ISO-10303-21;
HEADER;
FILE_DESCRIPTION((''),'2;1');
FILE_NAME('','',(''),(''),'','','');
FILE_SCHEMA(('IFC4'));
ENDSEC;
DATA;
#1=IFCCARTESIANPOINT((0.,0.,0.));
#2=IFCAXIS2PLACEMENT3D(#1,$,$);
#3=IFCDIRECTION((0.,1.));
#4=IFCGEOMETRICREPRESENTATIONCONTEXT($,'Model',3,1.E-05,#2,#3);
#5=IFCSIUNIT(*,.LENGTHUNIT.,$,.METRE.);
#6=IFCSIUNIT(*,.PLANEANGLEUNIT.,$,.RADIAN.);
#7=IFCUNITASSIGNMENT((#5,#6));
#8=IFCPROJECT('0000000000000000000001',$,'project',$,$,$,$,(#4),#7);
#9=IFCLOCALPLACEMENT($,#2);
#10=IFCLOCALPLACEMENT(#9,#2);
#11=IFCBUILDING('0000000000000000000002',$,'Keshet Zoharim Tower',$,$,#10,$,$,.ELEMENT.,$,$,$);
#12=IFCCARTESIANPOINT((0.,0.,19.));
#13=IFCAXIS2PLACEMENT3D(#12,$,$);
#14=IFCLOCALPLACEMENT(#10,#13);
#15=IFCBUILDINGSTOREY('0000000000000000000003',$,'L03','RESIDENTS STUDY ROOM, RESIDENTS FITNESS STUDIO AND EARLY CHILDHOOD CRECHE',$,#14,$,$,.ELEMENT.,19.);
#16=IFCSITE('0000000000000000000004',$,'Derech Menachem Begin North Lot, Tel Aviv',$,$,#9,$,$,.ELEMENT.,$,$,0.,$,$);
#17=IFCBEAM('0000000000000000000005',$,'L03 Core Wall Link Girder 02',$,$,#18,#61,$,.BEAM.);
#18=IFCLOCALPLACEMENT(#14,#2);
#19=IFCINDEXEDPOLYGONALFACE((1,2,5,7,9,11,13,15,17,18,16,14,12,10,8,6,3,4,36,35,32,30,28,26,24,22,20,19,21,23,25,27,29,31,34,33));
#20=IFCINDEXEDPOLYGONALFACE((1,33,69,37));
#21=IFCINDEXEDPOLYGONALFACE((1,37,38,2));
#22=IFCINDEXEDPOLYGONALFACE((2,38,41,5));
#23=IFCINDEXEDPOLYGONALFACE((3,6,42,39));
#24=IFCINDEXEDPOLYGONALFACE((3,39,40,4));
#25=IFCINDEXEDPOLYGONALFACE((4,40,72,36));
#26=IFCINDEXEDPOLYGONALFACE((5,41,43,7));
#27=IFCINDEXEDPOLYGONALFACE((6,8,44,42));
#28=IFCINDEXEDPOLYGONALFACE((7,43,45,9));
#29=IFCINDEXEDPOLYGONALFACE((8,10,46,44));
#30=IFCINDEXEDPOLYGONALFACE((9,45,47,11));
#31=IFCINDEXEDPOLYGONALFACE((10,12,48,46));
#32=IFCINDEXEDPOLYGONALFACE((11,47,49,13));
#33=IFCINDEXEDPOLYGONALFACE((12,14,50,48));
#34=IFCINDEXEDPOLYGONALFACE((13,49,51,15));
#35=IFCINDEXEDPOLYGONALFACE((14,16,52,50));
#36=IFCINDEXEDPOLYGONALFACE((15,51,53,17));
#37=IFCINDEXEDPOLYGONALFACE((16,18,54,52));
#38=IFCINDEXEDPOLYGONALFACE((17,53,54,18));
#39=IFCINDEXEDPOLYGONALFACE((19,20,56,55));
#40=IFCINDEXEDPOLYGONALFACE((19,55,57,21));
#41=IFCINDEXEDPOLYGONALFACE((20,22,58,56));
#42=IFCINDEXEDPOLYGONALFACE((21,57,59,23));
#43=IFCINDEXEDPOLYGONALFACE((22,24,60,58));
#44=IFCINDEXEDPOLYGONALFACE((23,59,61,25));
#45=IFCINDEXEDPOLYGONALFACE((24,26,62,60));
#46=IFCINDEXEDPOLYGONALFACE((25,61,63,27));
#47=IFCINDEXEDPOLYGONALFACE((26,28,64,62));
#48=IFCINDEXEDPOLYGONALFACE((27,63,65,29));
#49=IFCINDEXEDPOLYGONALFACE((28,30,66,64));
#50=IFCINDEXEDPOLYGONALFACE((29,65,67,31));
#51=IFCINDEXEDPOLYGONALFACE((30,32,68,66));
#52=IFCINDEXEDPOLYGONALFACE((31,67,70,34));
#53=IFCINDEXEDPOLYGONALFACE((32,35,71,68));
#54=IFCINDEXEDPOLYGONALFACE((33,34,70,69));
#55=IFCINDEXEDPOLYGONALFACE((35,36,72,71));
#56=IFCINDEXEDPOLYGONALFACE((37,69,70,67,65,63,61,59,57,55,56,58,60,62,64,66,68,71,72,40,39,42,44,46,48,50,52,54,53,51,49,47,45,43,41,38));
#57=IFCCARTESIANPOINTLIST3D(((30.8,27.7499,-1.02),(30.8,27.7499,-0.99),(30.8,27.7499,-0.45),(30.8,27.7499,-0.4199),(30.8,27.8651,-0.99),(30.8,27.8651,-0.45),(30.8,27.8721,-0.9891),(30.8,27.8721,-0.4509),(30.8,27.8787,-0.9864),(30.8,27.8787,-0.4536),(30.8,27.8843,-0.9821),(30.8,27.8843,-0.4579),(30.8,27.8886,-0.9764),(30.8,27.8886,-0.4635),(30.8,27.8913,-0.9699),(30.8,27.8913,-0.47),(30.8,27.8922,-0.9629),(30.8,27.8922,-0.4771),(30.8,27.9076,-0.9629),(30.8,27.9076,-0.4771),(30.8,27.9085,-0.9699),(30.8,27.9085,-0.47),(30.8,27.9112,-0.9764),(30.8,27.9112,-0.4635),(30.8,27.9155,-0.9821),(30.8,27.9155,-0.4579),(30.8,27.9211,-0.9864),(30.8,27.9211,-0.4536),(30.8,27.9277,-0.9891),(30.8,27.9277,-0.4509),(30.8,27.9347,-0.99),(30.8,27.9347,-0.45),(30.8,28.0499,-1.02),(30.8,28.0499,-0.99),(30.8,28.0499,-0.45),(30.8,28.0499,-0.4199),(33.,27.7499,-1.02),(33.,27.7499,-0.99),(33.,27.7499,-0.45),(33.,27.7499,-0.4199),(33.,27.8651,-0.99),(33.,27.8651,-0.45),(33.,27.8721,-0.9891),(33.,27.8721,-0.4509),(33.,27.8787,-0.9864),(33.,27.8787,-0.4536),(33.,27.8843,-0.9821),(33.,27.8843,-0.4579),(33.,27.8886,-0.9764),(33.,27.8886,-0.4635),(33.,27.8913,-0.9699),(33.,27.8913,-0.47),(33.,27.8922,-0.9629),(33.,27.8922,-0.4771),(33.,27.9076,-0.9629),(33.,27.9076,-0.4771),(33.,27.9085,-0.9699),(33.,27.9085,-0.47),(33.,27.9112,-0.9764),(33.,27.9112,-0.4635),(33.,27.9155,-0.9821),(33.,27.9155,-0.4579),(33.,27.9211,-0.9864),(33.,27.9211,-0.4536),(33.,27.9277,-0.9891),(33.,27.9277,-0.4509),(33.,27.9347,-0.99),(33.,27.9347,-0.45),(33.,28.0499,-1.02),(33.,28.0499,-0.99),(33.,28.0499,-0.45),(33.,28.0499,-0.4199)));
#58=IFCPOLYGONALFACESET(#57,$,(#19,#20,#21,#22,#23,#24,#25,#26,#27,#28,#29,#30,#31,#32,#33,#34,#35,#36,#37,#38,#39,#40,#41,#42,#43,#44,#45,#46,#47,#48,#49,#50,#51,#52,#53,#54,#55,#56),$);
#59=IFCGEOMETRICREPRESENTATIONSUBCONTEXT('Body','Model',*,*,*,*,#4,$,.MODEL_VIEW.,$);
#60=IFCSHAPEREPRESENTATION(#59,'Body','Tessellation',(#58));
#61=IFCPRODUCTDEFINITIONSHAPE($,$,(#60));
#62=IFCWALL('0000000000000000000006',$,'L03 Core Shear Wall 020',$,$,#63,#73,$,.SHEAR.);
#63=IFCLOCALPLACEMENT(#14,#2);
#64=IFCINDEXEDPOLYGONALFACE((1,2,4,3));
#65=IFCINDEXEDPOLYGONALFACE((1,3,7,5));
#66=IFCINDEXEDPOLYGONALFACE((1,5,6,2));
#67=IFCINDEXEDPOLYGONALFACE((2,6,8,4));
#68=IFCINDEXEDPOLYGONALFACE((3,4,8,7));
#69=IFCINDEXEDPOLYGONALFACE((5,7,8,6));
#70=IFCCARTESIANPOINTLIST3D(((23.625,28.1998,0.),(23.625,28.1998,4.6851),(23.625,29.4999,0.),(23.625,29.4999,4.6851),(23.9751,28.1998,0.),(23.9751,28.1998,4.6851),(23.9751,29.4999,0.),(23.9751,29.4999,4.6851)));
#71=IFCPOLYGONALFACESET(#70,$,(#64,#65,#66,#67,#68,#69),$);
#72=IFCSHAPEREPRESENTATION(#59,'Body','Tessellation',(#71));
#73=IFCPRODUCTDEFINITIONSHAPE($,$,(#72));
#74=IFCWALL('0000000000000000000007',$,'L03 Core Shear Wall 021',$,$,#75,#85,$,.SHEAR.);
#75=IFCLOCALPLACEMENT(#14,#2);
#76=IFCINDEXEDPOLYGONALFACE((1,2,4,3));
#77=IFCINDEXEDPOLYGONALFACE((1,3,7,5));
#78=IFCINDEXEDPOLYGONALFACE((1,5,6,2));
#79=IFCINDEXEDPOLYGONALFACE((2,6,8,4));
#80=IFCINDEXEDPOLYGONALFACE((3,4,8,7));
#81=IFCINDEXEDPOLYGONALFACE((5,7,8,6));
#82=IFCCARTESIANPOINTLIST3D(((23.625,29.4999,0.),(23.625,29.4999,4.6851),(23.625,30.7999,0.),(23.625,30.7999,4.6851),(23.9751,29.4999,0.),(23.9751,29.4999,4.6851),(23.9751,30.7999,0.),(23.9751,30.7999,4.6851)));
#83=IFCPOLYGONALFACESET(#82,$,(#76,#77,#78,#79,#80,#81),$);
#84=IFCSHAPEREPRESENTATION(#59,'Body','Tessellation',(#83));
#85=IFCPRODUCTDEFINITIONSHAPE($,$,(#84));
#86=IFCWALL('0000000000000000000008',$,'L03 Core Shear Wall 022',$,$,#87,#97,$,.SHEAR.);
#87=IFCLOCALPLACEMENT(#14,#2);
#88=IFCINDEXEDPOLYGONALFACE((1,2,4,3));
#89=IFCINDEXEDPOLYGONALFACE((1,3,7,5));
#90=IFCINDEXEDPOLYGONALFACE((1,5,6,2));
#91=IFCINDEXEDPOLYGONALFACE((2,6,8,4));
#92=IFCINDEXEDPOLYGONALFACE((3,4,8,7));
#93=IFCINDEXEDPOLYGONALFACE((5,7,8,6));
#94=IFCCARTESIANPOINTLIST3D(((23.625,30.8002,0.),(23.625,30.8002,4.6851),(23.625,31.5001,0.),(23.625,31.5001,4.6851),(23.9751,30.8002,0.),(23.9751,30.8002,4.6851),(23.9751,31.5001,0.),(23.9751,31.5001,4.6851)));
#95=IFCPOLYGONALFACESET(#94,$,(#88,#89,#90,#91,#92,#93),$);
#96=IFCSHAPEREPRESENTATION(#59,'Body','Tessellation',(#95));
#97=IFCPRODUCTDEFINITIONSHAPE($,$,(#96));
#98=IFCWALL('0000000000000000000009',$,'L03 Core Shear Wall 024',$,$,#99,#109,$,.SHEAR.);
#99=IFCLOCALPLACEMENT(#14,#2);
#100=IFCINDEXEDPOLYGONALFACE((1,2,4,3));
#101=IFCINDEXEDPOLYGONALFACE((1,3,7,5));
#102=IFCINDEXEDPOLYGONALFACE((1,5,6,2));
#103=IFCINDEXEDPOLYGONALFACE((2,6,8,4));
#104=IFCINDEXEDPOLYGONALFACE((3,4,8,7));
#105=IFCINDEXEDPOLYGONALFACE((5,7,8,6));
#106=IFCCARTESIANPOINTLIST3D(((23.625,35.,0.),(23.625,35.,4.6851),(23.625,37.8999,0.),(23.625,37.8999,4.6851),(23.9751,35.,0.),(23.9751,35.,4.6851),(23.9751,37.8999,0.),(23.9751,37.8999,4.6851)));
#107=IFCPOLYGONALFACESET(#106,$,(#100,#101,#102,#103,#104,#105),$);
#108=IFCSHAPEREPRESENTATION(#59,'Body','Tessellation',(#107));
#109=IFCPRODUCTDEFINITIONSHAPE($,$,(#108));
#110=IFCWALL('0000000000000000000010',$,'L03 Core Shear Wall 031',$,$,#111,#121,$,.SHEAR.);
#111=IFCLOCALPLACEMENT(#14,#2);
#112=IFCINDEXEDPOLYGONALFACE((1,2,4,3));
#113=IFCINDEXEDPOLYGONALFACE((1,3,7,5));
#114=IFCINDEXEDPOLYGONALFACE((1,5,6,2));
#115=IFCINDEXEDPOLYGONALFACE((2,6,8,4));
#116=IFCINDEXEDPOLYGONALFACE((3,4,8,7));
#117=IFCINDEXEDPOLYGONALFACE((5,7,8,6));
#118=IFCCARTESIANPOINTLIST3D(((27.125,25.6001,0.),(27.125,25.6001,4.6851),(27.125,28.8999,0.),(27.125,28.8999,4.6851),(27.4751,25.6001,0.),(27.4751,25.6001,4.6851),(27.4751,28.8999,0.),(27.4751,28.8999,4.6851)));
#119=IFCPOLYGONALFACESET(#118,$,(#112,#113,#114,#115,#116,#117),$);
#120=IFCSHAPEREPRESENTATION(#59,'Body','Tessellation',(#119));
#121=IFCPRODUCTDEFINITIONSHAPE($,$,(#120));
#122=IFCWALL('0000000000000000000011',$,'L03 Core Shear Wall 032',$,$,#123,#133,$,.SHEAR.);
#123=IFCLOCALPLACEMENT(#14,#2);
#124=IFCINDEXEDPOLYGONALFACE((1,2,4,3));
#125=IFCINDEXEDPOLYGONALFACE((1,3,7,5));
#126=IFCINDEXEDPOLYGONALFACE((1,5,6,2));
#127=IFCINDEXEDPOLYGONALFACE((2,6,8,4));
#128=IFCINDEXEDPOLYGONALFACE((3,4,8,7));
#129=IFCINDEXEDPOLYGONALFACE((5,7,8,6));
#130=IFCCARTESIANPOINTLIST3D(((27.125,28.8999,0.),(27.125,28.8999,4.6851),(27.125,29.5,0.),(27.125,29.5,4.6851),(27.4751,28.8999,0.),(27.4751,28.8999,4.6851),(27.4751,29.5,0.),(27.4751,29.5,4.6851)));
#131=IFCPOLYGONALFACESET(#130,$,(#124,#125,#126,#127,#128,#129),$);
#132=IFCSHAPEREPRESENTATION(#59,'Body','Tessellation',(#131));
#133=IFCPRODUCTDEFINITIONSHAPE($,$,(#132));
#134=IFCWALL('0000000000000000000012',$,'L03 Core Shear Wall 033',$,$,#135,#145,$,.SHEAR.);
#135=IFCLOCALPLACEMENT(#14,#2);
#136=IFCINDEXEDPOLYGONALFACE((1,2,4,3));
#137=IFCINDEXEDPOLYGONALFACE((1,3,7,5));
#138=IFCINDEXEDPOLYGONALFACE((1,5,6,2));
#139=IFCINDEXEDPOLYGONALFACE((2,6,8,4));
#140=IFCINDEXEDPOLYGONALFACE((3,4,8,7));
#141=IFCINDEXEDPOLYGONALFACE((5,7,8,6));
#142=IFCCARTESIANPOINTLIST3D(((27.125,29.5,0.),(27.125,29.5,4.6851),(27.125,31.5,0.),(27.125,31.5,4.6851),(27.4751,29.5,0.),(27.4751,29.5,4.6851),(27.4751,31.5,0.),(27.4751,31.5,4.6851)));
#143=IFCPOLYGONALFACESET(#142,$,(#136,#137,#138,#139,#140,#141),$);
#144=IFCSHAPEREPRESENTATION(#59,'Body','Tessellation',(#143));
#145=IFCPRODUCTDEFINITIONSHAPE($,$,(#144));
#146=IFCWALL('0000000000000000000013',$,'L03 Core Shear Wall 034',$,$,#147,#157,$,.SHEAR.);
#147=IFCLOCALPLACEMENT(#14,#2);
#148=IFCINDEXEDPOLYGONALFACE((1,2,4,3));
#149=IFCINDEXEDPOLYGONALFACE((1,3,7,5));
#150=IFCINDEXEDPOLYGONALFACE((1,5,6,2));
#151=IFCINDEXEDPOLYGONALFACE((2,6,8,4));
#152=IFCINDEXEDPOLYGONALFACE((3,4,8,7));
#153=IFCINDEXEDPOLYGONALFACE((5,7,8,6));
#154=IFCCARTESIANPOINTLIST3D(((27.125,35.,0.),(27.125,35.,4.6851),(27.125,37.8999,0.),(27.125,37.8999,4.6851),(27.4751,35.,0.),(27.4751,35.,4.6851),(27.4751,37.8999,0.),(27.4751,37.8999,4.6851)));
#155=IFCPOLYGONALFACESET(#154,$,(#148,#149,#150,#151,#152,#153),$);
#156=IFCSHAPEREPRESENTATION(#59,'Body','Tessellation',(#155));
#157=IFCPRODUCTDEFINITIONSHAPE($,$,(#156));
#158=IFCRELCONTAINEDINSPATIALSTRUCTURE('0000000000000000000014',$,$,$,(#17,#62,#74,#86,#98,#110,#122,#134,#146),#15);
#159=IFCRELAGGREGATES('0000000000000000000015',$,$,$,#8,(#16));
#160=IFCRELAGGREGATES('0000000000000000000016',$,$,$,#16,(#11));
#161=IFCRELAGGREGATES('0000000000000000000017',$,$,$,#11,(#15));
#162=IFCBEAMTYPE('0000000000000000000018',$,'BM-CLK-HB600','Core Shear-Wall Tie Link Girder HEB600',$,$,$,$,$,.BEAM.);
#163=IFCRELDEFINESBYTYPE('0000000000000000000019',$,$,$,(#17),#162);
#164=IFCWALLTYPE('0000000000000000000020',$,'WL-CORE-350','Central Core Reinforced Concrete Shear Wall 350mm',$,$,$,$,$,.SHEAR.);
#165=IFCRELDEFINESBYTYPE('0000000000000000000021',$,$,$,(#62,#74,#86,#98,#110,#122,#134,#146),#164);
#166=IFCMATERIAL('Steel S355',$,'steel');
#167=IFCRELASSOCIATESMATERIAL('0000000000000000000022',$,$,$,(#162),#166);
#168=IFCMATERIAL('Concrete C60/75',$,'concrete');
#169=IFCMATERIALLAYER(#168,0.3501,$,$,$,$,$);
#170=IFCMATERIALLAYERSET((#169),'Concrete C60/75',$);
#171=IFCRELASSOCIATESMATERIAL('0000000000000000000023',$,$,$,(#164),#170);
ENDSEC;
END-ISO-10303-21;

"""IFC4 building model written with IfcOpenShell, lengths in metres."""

from ifc_helpers import new_model, si_unit, direction, frame, frame_2d, origin, origin_2d, place, context, subcontext, project, spatial, rectangle, i_section, extrude, material, layer, layer_set, material_profile, profile_set, type_object, element, save


model = new_model("IFC4")

# Units and contexts
model_context = context("Model", 3, precision=1e-05, world=origin(), true_north=direction((0.0, 1.0)))
body_context = subcontext(model_context, "Body", "Model", "MODEL_VIEW")
ifc_project = project(units=[si_unit("LENGTHUNIT", "METRE"), si_unit("PLANEANGLEUNIT", "RADIAN")], contexts=[model_context])

# Site, building, storey
site_placement = place(None, origin())
site = spatial("IfcSite", under=ifc_project, at=site_placement, Name="Derech Menachem Begin North Lot, Tel Aviv", CompositionType="ELEMENT", RefElevation=0.0)
building_placement = place(site_placement, origin())
building = spatial("IfcBuilding", under=site, at=building_placement, Name="Keshet Zoharim Tower", CompositionType="ELEMENT")
storey_placement = place(building_placement, frame((0.0, 0.0, 19.0)))
storey = spatial("IfcBuildingStorey", under=building, at=storey_placement, Name="L03", Description="RESIDENTS STUDY ROOM, RESIDENTS FITNESS STUDIO AND EARLY CHILDHOOD CRECHE", CompositionType="ELEMENT", Elevation=19.0)

# Beam
ifc_material_1 = material(Name="Steel S355", Category="steel")
ifc_material_profile = material_profile(ifc_material_1, i_section(OverallWidth=0.3, OverallDepth=0.6001, WebThickness=0.0154, FlangeThickness=0.03, FilletRadius=0.0271, at=origin_2d()), Name="HEB600")
ifc_profile_set = profile_set([ifc_material_profile], Name="Steel S355")
beam_type = type_object("IfcBeamType", Name="BM-CLK-HB600", Description="Core Shear-Wall Tie Link Girder HEB600", PredefinedType="BEAM", material=ifc_profile_set)
beam_placement = place(storey_placement, frame((30.8, 27.8999, -0.72), z_axis=(1.0, 0.0, 0.0), x_axis=(0.0, 1.0, 0.0)))
element("IfcBeam", 1, at=beam_placement, inside=storey, type_object=beam_type, Name="L03 Core Wall Link Girder 02", PredefinedType="BEAM", context=body_context, shape_type="SweptSolid", body=[
    extrude(i_section(OverallWidth=0.3, OverallDepth=0.6001, WebThickness=0.0154, FlangeThickness=0.03, FilletRadius=0.0271, at=origin_2d()), origin(), (0.0, 0.0, 1.0), 2.2),
])

# Walls
ifc_material_2 = material(Name="Concrete C60/75", Category="concrete")
ifc_layer_1 = layer(ifc_material_2, 0.3501)
ifc_layer_set_1 = layer_set([ifc_layer_1], Name="Concrete C60/75")
wall_type_1 = type_object("IfcWallType", Name="WL-CORE-350", Description="Central Core Reinforced Concrete Shear Wall 350mm", PredefinedType="SHEAR", material=ifc_layer_set_1)
for number, where, z_axis, x_axis, name in (
    (2, (23.8, 28.2, 0.0), (0.0, 0.0, 1.0), (0.0, 1.0, 0.0), "L03 Core Shear Wall 020"),
    (3, (23.8, 29.5, 0.0), (0.0, 0.0, 1.0), (0.0, 1.0, 0.0), "L03 Core Shear Wall 021"),
):
    element("IfcWall", number, at=place(storey_placement, frame(where, z_axis=z_axis, x_axis=x_axis)), inside=storey, type_object=wall_type_1, Name=name, PredefinedType="SHEAR", context=body_context, shape_type="SweptSolid", body=[
        extrude(rectangle(XDim=1.3, YDim=0.3501, at=frame_2d((0.6499, 0.0))), origin(), (0.0, 0.0, 1.0), 4.6851),
    ])
wall_1_placement = place(storey_placement, frame((23.8, 30.8, 0.0), z_axis=(0.0, 0.0, 1.0), x_axis=(0.0, 1.0, 0.0)))
element("IfcWall", 4, at=wall_1_placement, inside=storey, type_object=wall_type_1, Name="L03 Core Shear Wall 022", PredefinedType="SHEAR", context=body_context, shape_type="SweptSolid", body=[
    extrude(rectangle(XDim=0.7, YDim=0.3501, at=frame_2d((0.3501, 0.0))), origin(), (0.0, 0.0, 1.0), 4.6851),
])

# Walls
wall_2_placement = place(storey_placement, frame((23.8, 35.0, 0.0), z_axis=(0.0, 0.0, 1.0), x_axis=(0.0, 1.0, 0.0)))
element("IfcWall", 5, at=wall_2_placement, inside=storey, type_object=wall_type_1, Name="L03 Core Shear Wall 024", PredefinedType="SHEAR", context=body_context, shape_type="SweptSolid", body=[
    extrude(rectangle(XDim=2.8999, YDim=0.3501, at=frame_2d((1.45, 0.0))), origin(), (0.0, 0.0, 1.0), 4.6851),
])
wall_3_placement = place(storey_placement, frame((27.3, 25.6001, 0.0), z_axis=(0.0, 0.0, 1.0), x_axis=(0.0, 1.0, 0.0)))
element("IfcWall", 6, at=wall_3_placement, inside=storey, type_object=wall_type_1, Name="L03 Core Shear Wall 031", PredefinedType="SHEAR", context=body_context, shape_type="SweptSolid", body=[
    extrude(rectangle(XDim=3.2998, YDim=0.3501, at=frame_2d((1.6499, 0.0))), origin(), (0.0, 0.0, 1.0), 4.6851),
])
wall_4_placement = place(storey_placement, frame((27.3, 28.8999, 0.0), z_axis=(0.0, 0.0, 1.0), x_axis=(0.0, 1.0, 0.0)))
element("IfcWall", 7, at=wall_4_placement, inside=storey, type_object=wall_type_1, Name="L03 Core Shear Wall 032", PredefinedType="SHEAR", context=body_context, shape_type="SweptSolid", body=[
    extrude(rectangle(XDim=0.6001, YDim=0.3501, at=frame_2d((0.3, 0.0))), origin(), (0.0, 0.0, 1.0), 4.6851),
])
wall_5_placement = place(storey_placement, frame((27.3, 29.5, 0.0), z_axis=(0.0, 0.0, 1.0), x_axis=(0.0, 1.0, 0.0)))
element("IfcWall", 8, at=wall_5_placement, inside=storey, type_object=wall_type_1, Name="L03 Core Shear Wall 033", PredefinedType="SHEAR", context=body_context, shape_type="SweptSolid", body=[
    extrude(rectangle(XDim=2.0, YDim=0.3501, at=frame_2d((1.0, 0.0))), origin(), (0.0, 0.0, 1.0), 4.6851),
])
wall_6_placement = place(storey_placement, frame((27.3, 35.0, 0.0), z_axis=(0.0, 0.0, 1.0), x_axis=(0.0, 1.0, 0.0)))
element("IfcWall", 9, at=wall_6_placement, inside=storey, type_object=wall_type_1, Name="L03 Core Shear Wall 034", PredefinedType="SHEAR", context=body_context, shape_type="SweptSolid", body=[
    extrude(rectangle(XDim=2.8999, YDim=0.3501, at=frame_2d((1.45, 0.0))), origin(), (0.0, 0.0, 1.0), 4.6851),
])

save(model, "model.ifc")
